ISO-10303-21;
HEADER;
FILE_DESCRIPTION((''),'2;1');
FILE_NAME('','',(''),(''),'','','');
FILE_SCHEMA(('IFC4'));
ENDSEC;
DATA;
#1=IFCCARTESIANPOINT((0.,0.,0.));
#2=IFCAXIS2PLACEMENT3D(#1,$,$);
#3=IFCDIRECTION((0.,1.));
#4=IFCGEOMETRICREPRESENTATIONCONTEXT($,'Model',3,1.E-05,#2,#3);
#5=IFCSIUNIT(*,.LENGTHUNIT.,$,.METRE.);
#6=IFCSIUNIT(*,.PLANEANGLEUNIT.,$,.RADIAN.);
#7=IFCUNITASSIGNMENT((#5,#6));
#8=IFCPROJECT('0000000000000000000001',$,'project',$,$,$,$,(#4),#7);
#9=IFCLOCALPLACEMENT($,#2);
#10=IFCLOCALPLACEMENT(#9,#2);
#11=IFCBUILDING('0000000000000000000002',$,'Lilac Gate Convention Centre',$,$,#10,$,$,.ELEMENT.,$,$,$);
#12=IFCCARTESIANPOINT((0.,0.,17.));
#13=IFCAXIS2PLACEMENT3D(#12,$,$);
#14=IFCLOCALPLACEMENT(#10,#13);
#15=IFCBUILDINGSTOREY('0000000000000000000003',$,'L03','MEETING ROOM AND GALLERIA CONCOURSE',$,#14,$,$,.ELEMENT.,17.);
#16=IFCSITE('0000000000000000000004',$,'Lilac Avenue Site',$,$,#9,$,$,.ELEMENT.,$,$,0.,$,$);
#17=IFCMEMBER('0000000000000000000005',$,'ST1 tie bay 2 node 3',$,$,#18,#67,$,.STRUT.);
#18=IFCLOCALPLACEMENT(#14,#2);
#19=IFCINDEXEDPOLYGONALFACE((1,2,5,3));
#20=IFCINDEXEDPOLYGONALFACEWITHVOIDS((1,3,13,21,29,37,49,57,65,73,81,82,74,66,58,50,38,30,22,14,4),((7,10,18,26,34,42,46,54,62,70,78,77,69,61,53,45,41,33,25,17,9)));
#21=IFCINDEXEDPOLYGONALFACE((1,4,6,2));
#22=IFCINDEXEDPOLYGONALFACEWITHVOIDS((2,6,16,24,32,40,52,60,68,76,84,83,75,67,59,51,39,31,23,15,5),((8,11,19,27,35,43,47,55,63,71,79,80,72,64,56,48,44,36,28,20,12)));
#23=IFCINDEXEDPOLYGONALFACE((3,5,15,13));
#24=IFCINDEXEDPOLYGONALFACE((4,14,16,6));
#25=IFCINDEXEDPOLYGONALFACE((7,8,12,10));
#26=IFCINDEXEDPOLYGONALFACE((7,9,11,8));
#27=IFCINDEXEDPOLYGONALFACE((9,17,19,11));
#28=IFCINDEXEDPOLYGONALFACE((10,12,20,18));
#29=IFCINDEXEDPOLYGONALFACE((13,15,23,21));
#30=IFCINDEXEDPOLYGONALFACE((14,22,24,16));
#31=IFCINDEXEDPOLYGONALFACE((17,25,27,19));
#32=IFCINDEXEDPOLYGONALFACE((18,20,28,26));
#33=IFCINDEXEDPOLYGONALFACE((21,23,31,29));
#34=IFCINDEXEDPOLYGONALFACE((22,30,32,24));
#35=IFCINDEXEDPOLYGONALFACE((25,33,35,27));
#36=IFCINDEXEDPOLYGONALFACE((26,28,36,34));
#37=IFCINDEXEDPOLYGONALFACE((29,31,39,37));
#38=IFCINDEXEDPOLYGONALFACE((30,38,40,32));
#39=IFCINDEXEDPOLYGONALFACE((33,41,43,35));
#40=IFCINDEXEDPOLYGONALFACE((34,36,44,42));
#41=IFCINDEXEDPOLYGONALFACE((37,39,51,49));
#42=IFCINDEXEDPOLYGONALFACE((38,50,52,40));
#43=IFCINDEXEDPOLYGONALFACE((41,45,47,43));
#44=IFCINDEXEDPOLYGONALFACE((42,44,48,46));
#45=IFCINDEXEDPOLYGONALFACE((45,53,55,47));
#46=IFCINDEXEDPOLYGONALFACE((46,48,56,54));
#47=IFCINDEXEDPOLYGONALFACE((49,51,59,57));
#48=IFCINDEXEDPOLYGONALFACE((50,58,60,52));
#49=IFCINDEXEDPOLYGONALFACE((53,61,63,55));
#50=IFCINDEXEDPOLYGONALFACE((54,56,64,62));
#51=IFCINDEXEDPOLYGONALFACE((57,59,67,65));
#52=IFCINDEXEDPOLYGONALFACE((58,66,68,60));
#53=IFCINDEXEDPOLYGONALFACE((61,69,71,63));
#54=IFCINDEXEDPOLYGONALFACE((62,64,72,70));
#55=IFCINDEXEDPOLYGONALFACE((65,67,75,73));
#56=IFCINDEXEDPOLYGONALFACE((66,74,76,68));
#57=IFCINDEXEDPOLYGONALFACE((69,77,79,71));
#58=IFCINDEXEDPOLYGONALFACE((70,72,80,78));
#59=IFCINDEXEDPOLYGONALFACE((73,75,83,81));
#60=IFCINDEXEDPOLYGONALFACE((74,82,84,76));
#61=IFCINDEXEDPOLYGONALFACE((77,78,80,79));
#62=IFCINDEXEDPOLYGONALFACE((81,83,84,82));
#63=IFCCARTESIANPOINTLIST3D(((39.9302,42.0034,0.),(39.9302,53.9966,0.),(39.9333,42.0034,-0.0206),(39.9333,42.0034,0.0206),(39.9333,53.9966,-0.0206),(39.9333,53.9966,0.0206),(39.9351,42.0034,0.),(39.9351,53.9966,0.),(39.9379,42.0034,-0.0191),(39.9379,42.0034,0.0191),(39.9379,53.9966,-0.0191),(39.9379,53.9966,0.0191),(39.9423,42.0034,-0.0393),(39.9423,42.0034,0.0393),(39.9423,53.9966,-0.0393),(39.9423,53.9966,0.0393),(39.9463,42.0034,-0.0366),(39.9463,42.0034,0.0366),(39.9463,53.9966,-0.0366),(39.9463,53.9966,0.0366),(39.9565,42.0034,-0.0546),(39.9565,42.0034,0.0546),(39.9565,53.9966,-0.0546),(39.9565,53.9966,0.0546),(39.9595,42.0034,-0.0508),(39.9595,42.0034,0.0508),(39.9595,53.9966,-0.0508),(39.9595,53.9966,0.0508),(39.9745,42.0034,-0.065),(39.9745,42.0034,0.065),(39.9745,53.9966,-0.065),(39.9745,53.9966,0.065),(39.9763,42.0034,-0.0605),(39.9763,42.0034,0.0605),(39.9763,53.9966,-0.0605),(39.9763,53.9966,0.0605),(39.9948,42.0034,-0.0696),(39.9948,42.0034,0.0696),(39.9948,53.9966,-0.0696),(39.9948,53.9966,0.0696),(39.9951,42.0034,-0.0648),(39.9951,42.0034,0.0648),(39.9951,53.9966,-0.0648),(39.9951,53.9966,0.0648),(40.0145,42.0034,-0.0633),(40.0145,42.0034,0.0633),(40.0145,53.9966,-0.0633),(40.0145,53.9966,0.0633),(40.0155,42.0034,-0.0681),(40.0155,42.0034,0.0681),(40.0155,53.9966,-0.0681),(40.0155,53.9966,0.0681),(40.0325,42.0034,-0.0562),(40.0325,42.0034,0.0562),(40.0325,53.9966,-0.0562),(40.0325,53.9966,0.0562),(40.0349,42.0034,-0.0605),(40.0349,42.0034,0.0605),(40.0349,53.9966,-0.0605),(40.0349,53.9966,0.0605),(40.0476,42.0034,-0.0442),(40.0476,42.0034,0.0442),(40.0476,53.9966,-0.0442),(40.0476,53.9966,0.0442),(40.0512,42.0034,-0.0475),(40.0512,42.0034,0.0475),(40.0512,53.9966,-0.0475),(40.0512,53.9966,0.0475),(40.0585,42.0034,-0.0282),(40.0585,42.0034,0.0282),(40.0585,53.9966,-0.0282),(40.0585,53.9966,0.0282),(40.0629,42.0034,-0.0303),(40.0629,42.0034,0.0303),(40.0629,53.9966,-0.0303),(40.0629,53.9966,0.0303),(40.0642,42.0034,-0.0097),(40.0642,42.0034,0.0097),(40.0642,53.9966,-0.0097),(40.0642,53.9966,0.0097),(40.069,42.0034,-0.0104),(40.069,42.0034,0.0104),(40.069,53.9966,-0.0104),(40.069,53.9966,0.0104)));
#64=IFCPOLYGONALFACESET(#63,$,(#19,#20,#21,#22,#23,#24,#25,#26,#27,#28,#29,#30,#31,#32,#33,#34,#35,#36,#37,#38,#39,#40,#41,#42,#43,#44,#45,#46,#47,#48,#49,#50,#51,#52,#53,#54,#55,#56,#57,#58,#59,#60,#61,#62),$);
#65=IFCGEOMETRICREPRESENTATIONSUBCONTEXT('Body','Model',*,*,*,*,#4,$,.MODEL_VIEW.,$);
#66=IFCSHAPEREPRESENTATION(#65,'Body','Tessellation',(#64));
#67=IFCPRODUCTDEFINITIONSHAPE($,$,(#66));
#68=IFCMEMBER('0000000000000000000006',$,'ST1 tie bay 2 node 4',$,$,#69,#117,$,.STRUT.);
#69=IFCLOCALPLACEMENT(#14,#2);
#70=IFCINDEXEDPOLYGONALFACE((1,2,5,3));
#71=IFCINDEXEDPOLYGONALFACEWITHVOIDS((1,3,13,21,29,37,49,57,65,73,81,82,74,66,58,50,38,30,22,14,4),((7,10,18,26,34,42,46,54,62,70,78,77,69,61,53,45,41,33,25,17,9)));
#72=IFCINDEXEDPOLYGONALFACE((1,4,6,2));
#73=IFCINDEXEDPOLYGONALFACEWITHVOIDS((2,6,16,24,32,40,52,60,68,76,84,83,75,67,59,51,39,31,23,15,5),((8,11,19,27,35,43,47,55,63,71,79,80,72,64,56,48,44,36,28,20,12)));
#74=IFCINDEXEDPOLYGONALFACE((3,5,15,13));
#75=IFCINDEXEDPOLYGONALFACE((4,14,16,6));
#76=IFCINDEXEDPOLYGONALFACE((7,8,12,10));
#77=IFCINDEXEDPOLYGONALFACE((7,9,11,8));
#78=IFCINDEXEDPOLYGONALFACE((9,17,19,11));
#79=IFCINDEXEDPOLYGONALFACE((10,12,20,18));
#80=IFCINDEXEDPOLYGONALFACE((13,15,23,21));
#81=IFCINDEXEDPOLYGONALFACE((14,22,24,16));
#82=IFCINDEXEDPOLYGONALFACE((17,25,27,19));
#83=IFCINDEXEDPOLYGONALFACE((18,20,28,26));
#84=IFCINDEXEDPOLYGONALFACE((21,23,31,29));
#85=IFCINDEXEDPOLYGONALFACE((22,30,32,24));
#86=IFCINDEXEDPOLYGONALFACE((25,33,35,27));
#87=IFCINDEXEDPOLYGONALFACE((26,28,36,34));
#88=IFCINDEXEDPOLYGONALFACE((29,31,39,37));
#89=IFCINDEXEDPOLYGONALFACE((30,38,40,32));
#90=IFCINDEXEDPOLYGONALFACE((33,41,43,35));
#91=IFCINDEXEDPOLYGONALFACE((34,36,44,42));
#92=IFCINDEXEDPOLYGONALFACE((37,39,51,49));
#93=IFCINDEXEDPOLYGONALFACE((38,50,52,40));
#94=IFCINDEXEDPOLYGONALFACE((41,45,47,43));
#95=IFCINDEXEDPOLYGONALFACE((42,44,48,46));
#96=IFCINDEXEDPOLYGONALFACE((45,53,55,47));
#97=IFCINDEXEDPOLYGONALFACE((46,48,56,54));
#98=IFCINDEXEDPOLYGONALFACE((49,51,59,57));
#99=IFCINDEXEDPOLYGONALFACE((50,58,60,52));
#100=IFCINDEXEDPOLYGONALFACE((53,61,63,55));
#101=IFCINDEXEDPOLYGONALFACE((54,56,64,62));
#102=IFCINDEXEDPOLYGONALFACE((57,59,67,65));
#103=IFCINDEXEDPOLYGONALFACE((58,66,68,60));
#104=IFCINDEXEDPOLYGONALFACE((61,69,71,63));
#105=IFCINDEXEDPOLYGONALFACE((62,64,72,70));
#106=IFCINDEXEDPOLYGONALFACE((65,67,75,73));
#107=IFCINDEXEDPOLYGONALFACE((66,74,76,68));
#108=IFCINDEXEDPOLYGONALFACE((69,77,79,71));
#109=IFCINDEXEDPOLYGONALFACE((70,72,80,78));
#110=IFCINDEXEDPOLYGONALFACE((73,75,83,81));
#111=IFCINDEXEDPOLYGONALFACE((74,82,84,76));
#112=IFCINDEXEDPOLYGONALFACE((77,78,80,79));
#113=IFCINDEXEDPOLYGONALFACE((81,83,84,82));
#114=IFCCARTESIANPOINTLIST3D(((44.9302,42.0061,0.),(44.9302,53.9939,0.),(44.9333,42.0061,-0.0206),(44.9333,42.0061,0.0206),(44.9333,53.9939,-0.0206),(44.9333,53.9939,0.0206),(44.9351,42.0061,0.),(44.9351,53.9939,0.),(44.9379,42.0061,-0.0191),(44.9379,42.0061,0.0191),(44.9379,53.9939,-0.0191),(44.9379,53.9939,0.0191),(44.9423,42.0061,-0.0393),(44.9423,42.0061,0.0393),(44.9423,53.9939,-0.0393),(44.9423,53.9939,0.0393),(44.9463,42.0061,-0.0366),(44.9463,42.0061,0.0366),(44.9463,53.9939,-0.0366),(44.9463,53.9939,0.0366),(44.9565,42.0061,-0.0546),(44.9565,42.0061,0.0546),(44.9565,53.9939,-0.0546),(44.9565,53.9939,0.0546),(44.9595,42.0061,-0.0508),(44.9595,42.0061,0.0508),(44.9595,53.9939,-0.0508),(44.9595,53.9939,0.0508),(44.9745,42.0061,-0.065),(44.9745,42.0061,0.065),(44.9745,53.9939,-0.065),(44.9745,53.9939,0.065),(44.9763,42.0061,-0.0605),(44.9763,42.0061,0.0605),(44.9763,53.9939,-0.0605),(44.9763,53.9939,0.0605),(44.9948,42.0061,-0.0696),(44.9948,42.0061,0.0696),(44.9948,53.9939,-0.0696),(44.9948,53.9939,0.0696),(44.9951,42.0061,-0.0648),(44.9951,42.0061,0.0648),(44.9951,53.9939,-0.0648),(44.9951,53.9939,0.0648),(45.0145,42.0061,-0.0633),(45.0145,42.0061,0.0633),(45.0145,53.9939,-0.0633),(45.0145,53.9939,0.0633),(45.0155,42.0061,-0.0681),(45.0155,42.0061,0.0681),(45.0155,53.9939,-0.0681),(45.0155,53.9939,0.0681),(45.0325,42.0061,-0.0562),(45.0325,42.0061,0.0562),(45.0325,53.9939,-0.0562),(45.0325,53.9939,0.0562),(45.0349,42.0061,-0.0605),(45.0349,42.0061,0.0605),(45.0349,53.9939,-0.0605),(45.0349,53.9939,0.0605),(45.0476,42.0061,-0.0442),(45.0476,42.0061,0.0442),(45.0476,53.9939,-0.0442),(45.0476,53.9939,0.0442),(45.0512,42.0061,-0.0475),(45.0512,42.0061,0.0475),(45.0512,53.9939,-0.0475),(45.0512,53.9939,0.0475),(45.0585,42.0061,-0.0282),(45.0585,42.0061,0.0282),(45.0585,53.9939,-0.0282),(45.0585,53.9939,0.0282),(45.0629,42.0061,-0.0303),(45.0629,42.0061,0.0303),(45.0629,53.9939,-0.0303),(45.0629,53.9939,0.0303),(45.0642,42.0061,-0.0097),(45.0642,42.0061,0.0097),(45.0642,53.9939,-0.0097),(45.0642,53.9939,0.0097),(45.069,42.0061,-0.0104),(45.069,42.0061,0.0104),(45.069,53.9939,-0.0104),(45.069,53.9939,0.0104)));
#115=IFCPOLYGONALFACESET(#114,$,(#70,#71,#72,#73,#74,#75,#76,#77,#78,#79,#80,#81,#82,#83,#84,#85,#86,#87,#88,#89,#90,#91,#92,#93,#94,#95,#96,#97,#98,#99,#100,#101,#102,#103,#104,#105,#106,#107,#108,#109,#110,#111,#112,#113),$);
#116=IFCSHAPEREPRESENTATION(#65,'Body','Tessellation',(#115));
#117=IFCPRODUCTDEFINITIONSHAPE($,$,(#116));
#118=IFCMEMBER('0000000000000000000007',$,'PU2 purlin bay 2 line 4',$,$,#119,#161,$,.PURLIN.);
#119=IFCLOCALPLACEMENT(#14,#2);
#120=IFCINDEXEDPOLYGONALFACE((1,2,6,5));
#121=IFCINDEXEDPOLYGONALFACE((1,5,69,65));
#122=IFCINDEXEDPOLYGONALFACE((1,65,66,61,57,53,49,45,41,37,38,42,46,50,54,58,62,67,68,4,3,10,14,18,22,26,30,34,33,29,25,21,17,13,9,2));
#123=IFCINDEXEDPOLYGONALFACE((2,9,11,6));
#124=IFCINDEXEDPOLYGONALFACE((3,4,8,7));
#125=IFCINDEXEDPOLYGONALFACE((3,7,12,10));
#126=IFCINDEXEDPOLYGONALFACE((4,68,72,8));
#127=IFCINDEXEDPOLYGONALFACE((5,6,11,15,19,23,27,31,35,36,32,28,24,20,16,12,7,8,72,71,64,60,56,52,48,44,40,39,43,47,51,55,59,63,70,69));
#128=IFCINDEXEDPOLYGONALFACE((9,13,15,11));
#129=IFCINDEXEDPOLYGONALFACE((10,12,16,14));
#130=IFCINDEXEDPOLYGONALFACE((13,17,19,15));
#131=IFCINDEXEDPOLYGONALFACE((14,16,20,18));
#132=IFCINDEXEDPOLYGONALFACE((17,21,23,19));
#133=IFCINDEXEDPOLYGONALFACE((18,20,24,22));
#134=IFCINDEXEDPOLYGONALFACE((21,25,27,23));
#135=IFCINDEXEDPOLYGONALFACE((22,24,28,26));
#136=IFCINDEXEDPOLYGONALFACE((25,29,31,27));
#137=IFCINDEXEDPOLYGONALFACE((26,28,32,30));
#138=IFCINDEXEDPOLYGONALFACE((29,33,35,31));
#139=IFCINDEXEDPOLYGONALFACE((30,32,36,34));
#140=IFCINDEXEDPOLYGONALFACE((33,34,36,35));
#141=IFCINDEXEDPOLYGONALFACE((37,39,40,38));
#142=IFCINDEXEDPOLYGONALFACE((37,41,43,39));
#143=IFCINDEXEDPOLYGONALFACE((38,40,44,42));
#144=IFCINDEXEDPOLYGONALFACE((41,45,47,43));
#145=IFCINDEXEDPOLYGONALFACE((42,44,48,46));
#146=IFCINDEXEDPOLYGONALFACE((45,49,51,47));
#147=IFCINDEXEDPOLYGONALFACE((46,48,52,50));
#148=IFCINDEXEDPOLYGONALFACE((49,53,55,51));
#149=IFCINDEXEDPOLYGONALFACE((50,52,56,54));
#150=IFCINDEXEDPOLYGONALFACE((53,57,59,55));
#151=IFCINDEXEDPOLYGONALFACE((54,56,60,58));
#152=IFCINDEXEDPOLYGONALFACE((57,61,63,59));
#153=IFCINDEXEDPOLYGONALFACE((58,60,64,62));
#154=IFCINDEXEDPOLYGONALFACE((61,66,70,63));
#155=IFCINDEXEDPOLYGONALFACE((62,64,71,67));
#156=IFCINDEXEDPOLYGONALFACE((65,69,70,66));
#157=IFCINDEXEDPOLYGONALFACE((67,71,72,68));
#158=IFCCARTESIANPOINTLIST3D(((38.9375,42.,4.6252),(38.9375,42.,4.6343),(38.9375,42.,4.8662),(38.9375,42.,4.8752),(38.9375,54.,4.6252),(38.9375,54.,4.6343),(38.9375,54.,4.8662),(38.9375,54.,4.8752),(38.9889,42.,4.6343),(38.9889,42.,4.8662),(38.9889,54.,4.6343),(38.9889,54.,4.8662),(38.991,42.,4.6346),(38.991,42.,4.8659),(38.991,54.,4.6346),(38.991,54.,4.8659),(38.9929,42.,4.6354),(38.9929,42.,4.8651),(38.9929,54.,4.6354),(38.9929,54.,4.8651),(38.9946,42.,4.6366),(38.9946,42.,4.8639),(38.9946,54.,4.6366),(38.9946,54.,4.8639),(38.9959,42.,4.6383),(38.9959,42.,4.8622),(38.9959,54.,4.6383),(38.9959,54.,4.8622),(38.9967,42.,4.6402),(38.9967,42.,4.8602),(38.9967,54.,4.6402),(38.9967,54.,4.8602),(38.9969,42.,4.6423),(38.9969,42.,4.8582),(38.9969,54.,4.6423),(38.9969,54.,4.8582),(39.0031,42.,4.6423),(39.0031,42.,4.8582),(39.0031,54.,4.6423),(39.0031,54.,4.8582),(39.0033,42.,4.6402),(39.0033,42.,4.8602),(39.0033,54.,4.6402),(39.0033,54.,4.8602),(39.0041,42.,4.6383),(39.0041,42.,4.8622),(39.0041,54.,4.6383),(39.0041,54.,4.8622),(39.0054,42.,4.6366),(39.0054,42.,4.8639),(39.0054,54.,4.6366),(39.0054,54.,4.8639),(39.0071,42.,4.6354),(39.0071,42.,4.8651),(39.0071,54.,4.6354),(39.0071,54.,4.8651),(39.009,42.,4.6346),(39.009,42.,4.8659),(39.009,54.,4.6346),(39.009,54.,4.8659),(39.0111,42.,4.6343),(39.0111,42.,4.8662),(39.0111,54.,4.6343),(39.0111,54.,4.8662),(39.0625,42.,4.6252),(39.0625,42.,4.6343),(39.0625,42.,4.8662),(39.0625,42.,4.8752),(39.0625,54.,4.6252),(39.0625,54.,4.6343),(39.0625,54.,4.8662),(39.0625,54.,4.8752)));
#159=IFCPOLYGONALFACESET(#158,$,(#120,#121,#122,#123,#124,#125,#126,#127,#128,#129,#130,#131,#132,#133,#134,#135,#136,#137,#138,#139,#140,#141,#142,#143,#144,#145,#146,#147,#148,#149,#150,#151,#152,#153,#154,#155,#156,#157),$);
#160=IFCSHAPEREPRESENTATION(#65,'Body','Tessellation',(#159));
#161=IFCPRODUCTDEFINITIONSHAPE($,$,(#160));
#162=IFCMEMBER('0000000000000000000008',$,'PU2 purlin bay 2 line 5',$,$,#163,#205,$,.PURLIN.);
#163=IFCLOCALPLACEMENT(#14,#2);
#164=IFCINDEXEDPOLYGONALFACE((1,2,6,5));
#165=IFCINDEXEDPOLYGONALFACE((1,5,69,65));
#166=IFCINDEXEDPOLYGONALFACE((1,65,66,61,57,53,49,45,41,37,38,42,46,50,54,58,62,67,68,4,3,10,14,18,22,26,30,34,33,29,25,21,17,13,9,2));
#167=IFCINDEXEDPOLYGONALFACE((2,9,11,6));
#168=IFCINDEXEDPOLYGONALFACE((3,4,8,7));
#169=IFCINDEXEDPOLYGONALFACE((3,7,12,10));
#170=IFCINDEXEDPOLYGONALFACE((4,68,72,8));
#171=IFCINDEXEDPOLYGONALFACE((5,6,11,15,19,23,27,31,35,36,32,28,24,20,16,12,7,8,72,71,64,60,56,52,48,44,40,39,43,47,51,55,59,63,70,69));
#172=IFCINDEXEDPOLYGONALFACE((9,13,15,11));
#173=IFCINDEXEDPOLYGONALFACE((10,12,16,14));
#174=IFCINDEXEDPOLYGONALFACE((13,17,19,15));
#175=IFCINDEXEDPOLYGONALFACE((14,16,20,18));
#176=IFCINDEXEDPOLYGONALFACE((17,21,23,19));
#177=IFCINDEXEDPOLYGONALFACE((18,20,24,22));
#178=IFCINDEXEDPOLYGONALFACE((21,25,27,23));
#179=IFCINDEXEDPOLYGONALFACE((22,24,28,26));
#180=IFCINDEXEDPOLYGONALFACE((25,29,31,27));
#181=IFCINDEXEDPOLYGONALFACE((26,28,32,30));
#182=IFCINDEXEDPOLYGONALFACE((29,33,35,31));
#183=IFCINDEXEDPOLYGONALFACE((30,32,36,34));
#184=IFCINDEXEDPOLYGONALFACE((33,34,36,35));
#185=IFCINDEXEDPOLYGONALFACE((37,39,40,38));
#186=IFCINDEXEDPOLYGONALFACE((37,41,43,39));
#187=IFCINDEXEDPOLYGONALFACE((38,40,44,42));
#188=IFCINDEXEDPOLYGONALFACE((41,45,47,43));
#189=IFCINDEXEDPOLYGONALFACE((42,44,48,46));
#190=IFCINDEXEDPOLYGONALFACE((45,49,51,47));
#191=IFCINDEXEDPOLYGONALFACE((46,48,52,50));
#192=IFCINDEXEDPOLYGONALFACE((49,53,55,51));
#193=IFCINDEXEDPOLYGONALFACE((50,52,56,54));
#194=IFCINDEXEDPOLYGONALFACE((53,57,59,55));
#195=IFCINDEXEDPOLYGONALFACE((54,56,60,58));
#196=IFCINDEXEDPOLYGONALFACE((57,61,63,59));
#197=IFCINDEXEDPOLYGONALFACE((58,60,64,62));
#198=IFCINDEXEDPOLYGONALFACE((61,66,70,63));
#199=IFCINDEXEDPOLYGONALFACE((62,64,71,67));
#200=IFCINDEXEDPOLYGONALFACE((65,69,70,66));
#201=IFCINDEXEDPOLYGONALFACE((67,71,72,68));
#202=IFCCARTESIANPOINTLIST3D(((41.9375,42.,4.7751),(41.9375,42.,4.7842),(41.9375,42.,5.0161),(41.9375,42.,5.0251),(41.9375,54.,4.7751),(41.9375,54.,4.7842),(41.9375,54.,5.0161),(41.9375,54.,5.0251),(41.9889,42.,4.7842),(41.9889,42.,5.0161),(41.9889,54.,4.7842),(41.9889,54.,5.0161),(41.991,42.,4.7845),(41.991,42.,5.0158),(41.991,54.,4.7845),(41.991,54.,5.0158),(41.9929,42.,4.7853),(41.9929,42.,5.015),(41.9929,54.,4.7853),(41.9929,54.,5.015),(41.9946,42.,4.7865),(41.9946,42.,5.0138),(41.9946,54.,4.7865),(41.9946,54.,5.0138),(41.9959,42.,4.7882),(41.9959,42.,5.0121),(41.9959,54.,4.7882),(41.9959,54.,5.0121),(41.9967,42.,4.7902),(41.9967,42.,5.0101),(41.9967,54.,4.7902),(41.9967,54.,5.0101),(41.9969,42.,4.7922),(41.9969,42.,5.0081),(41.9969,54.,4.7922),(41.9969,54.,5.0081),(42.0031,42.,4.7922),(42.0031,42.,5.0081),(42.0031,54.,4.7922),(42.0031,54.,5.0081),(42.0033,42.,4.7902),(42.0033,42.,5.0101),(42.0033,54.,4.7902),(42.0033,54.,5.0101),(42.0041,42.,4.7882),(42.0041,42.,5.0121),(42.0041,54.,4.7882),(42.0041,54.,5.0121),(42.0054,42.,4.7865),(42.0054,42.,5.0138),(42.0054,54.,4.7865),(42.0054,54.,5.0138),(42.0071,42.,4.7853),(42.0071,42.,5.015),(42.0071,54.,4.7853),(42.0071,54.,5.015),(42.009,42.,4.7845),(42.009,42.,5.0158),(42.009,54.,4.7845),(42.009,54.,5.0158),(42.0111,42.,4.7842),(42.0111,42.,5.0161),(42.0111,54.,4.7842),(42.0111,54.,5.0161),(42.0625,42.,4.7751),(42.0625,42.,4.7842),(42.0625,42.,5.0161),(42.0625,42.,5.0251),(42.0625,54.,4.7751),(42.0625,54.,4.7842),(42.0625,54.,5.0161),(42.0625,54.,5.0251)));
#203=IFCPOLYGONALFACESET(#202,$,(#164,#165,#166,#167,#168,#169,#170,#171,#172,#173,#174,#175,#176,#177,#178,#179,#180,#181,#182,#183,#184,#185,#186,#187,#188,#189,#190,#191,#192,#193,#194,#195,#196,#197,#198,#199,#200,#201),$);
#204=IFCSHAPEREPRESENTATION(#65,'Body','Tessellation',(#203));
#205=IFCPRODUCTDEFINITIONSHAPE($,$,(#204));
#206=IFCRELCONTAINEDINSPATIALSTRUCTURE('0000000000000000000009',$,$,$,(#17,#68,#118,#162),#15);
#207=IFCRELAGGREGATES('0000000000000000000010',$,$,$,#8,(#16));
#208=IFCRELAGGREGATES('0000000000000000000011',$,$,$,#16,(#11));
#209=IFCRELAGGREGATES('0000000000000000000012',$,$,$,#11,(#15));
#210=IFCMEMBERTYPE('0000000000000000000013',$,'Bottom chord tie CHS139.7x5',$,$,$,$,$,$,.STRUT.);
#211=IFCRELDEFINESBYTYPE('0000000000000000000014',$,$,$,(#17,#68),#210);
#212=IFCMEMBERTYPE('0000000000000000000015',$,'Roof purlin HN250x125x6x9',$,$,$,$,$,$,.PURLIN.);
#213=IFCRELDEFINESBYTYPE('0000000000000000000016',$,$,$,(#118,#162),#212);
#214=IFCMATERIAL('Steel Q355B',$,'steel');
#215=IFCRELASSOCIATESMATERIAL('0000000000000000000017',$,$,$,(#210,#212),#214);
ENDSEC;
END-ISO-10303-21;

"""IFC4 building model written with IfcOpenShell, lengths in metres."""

from ifc_helpers import new_model, si_unit, direction, frame, origin, origin_2d, place, context, subcontext, project, spatial, hollow_circle, i_section, extrude, material, material_profile, profile_set, type_object, element, save


model = new_model("IFC4")

# Units and contexts
model_context = context("Model", 3, precision=1e-05, world=origin(), true_north=direction((0.0, 1.0)))
body_context = subcontext(model_context, "Body", "Model", "MODEL_VIEW")
ifc_project = project(units=[si_unit("LENGTHUNIT", "METRE"), si_unit("PLANEANGLEUNIT", "RADIAN")], contexts=[model_context])

# Site, building, storey
site_placement = place(None, origin())
site = spatial("IfcSite", under=ifc_project, at=site_placement, Name="Lilac Avenue Site", CompositionType="ELEMENT", RefElevation=0.0)
building_placement = place(site_placement, origin())
building = spatial("IfcBuilding", under=site, at=building_placement, Name="Lilac Gate Convention Centre", CompositionType="ELEMENT")
storey_placement = place(building_placement, frame((0.0, 0.0, 17.0)))
storey = spatial("IfcBuildingStorey", under=building, at=storey_placement, Name="L03", Description="MEETING ROOM AND GALLERIA CONCOURSE", CompositionType="ELEMENT", Elevation=17.0)

# Members
ifc_material = material(Name="Steel Q355B", Category="steel")
ifc_material_profile_1 = material_profile(ifc_material, hollow_circle(Radius=0.0698, WallThickness=0.0049, at=origin_2d()), Name="CHS139.7x5")
ifc_profile_set_1 = profile_set([ifc_material_profile_1], Name="Steel Q355B")
member_type_1 = type_object("IfcMemberType", Name="Bottom chord tie CHS139.7x5", PredefinedType="STRUT", material=ifc_profile_set_1)
member_1_placement = place(storey_placement, frame((40.0, 42.0034, 0.0), z_axis=(0.0, 1.0, 0.0), x_axis=(-1.0, 0.0, 0.0)))
element("IfcMember", 1, at=member_1_placement, inside=storey, type_object=member_type_1, Name="ST1 tie bay 2 node 3", PredefinedType="STRUT", context=body_context, shape_type="SweptSolid", body=[
    extrude(hollow_circle(Radius=0.0698, WallThickness=0.0049, at=origin_2d()), origin(), (0.0, 0.0, 1.0), 11.9932),
])
member_2_placement = place(storey_placement, frame((45.0, 42.0061, 0.0), z_axis=(0.0, 1.0, 0.0), x_axis=(-1.0, 0.0, 0.0)))
element("IfcMember", 2, at=member_2_placement, inside=storey, type_object=member_type_1, Name="ST1 tie bay 2 node 4", PredefinedType="STRUT", context=body_context, shape_type="SweptSolid", body=[
    extrude(hollow_circle(Radius=0.0698, WallThickness=0.0049, at=origin_2d()), origin(), (0.0, 0.0, 1.0), 11.9878),
])
ifc_material_profile_2 = material_profile(ifc_material, i_section(OverallWidth=0.125, OverallDepth=0.25, WebThickness=0.0061, FlangeThickness=0.009, FilletRadius=0.0081, at=origin_2d()), Name="HN250x125x6x9")
ifc_profile_set_2 = profile_set([ifc_material_profile_2], Name="Steel Q355B")
member_type_2 = type_object("IfcMemberType", Name="Roof purlin HN250x125x6x9", PredefinedType="PURLIN", material=ifc_profile_set_2)
for number, where, z_axis, x_axis, name in (
    (3, (39.0, 42.0, 4.7502), (0.0, 1.0, 0.0), (-1.0, 0.0, 0.0), "PU2 purlin bay 2 line 4"),
    (4, (42.0, 42.0, 4.9001), (0.0, 1.0, 0.0), (-1.0, 0.0, 0.0), "PU2 purlin bay 2 line 5"),
):
    element("IfcMember", number, at=place(storey_placement, frame(where, z_axis=z_axis, x_axis=x_axis)), inside=storey, type_object=member_type_2, Name=name, PredefinedType="PURLIN", context=body_context, shape_type="SweptSolid", body=[
        extrude(i_section(OverallWidth=0.125, OverallDepth=0.25, WebThickness=0.0061, FlangeThickness=0.009, FilletRadius=0.0081, at=origin_2d()), origin(), (0.0, 0.0, 1.0), 12.0),
    ])

save(model, "model.ifc")
